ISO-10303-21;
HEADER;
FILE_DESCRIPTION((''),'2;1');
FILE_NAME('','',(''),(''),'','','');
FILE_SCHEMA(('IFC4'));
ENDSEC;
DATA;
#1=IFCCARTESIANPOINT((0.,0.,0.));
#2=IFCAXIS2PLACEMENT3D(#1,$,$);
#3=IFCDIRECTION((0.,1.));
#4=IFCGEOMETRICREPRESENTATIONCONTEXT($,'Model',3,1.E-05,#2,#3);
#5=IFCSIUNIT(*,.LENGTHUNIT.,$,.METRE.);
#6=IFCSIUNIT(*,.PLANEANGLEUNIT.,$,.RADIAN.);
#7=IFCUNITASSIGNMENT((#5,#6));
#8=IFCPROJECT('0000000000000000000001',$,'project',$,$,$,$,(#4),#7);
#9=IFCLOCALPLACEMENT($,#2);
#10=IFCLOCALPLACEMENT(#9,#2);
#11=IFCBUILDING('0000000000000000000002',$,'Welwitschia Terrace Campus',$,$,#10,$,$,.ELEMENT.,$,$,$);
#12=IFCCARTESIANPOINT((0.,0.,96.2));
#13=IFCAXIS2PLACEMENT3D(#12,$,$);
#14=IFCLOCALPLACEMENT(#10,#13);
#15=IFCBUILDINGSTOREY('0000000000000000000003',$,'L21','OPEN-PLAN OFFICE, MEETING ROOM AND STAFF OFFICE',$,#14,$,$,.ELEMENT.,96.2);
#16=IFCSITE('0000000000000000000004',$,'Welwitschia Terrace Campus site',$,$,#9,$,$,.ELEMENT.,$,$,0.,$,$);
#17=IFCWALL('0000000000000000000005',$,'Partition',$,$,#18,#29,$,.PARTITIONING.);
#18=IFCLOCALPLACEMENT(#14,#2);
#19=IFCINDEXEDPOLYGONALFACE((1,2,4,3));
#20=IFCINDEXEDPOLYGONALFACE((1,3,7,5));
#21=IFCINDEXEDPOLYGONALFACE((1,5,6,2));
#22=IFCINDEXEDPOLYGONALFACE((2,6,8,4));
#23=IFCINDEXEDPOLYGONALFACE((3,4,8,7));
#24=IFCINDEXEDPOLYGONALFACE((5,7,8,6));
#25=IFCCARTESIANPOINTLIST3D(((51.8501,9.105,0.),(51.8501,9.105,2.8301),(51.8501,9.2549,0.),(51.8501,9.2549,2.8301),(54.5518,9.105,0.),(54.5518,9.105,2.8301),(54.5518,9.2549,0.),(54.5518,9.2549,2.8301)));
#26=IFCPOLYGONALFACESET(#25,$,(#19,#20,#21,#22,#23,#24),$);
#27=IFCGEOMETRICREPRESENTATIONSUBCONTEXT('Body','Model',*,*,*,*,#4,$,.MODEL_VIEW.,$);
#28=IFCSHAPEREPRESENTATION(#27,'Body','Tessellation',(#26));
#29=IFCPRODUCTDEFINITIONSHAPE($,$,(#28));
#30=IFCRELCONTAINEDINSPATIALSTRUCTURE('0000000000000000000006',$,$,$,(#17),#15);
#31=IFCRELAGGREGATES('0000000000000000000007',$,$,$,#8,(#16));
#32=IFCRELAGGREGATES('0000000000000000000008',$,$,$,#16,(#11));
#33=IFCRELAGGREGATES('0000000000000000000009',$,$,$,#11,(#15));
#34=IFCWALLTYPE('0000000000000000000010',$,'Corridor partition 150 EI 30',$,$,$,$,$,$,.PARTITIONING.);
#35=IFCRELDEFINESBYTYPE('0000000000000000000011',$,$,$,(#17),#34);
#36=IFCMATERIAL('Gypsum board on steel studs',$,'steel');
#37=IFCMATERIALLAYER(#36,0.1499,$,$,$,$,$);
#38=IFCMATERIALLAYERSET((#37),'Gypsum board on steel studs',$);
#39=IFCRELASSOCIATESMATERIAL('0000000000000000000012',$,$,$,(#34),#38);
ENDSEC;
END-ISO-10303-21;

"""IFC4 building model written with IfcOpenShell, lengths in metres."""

from ifc_helpers import new_model, si_unit, direction, frame, frame_2d, origin, place, context, subcontext, project, spatial, rectangle, extrude, material, layer, layer_set, type_object, element, save


model = new_model("IFC4")

# Units and contexts
model_context = context("Model", 3, precision=1e-05, world=origin(), true_north=direction((0.0, 1.0)))
body_context = subcontext(model_context, "Body", "Model", "MODEL_VIEW")
ifc_project = project(units=[si_unit("LENGTHUNIT", "METRE"), si_unit("PLANEANGLEUNIT", "RADIAN")], contexts=[model_context])

# Site, building, storey
site_placement = place(None, origin())
site = spatial("IfcSite", under=ifc_project, at=site_placement, Name="Welwitschia Terrace Campus site", CompositionType="ELEMENT", RefElevation=0.0)
building_placement = place(site_placement, origin())
building = spatial("IfcBuilding", under=site, at=building_placement, Name="Welwitschia Terrace Campus", CompositionType="ELEMENT")
storey_placement = place(building_placement, frame((0.0, 0.0, 96.2)))
storey = spatial("IfcBuildingStorey", under=building, at=storey_placement, Name="L21", Description="OPEN-PLAN OFFICE, MEETING ROOM AND STAFF OFFICE", CompositionType="ELEMENT", Elevation=96.2)

# Shared definitions
ifc_material_1 = material(Name="Gypsum board on steel studs", Category="steel")
ifc_layer_1 = layer(ifc_material_1, 0.1499)
ifc_layer_set_1 = layer_set([ifc_layer_1], Name="Gypsum board on steel studs")
wall_type = type_object("IfcWallType", Name="Corridor partition 150 EI 30", PredefinedType="PARTITIONING", material=ifc_layer_set_1)

# Wall
wall_1_placement = place(storey_placement, frame((51.8501, 9.1799, 0.0), z_axis=(0.0, 0.0, 1.0), x_axis=(1.0, 0.0, 0.0)))
element("IfcWall", 1, at=wall_1_placement, inside=storey, type_object=wall_type, Name="Partition", PredefinedType="PARTITIONING", context=body_context, shape_type="SweptSolid", body=[
    extrude(rectangle(XDim=2.7017, YDim=0.1499, at=frame_2d((1.3508, 0.0))), origin(), (0.0, 0.0, 1.0), 2.8301),
])

save(model, "model.ifc")
